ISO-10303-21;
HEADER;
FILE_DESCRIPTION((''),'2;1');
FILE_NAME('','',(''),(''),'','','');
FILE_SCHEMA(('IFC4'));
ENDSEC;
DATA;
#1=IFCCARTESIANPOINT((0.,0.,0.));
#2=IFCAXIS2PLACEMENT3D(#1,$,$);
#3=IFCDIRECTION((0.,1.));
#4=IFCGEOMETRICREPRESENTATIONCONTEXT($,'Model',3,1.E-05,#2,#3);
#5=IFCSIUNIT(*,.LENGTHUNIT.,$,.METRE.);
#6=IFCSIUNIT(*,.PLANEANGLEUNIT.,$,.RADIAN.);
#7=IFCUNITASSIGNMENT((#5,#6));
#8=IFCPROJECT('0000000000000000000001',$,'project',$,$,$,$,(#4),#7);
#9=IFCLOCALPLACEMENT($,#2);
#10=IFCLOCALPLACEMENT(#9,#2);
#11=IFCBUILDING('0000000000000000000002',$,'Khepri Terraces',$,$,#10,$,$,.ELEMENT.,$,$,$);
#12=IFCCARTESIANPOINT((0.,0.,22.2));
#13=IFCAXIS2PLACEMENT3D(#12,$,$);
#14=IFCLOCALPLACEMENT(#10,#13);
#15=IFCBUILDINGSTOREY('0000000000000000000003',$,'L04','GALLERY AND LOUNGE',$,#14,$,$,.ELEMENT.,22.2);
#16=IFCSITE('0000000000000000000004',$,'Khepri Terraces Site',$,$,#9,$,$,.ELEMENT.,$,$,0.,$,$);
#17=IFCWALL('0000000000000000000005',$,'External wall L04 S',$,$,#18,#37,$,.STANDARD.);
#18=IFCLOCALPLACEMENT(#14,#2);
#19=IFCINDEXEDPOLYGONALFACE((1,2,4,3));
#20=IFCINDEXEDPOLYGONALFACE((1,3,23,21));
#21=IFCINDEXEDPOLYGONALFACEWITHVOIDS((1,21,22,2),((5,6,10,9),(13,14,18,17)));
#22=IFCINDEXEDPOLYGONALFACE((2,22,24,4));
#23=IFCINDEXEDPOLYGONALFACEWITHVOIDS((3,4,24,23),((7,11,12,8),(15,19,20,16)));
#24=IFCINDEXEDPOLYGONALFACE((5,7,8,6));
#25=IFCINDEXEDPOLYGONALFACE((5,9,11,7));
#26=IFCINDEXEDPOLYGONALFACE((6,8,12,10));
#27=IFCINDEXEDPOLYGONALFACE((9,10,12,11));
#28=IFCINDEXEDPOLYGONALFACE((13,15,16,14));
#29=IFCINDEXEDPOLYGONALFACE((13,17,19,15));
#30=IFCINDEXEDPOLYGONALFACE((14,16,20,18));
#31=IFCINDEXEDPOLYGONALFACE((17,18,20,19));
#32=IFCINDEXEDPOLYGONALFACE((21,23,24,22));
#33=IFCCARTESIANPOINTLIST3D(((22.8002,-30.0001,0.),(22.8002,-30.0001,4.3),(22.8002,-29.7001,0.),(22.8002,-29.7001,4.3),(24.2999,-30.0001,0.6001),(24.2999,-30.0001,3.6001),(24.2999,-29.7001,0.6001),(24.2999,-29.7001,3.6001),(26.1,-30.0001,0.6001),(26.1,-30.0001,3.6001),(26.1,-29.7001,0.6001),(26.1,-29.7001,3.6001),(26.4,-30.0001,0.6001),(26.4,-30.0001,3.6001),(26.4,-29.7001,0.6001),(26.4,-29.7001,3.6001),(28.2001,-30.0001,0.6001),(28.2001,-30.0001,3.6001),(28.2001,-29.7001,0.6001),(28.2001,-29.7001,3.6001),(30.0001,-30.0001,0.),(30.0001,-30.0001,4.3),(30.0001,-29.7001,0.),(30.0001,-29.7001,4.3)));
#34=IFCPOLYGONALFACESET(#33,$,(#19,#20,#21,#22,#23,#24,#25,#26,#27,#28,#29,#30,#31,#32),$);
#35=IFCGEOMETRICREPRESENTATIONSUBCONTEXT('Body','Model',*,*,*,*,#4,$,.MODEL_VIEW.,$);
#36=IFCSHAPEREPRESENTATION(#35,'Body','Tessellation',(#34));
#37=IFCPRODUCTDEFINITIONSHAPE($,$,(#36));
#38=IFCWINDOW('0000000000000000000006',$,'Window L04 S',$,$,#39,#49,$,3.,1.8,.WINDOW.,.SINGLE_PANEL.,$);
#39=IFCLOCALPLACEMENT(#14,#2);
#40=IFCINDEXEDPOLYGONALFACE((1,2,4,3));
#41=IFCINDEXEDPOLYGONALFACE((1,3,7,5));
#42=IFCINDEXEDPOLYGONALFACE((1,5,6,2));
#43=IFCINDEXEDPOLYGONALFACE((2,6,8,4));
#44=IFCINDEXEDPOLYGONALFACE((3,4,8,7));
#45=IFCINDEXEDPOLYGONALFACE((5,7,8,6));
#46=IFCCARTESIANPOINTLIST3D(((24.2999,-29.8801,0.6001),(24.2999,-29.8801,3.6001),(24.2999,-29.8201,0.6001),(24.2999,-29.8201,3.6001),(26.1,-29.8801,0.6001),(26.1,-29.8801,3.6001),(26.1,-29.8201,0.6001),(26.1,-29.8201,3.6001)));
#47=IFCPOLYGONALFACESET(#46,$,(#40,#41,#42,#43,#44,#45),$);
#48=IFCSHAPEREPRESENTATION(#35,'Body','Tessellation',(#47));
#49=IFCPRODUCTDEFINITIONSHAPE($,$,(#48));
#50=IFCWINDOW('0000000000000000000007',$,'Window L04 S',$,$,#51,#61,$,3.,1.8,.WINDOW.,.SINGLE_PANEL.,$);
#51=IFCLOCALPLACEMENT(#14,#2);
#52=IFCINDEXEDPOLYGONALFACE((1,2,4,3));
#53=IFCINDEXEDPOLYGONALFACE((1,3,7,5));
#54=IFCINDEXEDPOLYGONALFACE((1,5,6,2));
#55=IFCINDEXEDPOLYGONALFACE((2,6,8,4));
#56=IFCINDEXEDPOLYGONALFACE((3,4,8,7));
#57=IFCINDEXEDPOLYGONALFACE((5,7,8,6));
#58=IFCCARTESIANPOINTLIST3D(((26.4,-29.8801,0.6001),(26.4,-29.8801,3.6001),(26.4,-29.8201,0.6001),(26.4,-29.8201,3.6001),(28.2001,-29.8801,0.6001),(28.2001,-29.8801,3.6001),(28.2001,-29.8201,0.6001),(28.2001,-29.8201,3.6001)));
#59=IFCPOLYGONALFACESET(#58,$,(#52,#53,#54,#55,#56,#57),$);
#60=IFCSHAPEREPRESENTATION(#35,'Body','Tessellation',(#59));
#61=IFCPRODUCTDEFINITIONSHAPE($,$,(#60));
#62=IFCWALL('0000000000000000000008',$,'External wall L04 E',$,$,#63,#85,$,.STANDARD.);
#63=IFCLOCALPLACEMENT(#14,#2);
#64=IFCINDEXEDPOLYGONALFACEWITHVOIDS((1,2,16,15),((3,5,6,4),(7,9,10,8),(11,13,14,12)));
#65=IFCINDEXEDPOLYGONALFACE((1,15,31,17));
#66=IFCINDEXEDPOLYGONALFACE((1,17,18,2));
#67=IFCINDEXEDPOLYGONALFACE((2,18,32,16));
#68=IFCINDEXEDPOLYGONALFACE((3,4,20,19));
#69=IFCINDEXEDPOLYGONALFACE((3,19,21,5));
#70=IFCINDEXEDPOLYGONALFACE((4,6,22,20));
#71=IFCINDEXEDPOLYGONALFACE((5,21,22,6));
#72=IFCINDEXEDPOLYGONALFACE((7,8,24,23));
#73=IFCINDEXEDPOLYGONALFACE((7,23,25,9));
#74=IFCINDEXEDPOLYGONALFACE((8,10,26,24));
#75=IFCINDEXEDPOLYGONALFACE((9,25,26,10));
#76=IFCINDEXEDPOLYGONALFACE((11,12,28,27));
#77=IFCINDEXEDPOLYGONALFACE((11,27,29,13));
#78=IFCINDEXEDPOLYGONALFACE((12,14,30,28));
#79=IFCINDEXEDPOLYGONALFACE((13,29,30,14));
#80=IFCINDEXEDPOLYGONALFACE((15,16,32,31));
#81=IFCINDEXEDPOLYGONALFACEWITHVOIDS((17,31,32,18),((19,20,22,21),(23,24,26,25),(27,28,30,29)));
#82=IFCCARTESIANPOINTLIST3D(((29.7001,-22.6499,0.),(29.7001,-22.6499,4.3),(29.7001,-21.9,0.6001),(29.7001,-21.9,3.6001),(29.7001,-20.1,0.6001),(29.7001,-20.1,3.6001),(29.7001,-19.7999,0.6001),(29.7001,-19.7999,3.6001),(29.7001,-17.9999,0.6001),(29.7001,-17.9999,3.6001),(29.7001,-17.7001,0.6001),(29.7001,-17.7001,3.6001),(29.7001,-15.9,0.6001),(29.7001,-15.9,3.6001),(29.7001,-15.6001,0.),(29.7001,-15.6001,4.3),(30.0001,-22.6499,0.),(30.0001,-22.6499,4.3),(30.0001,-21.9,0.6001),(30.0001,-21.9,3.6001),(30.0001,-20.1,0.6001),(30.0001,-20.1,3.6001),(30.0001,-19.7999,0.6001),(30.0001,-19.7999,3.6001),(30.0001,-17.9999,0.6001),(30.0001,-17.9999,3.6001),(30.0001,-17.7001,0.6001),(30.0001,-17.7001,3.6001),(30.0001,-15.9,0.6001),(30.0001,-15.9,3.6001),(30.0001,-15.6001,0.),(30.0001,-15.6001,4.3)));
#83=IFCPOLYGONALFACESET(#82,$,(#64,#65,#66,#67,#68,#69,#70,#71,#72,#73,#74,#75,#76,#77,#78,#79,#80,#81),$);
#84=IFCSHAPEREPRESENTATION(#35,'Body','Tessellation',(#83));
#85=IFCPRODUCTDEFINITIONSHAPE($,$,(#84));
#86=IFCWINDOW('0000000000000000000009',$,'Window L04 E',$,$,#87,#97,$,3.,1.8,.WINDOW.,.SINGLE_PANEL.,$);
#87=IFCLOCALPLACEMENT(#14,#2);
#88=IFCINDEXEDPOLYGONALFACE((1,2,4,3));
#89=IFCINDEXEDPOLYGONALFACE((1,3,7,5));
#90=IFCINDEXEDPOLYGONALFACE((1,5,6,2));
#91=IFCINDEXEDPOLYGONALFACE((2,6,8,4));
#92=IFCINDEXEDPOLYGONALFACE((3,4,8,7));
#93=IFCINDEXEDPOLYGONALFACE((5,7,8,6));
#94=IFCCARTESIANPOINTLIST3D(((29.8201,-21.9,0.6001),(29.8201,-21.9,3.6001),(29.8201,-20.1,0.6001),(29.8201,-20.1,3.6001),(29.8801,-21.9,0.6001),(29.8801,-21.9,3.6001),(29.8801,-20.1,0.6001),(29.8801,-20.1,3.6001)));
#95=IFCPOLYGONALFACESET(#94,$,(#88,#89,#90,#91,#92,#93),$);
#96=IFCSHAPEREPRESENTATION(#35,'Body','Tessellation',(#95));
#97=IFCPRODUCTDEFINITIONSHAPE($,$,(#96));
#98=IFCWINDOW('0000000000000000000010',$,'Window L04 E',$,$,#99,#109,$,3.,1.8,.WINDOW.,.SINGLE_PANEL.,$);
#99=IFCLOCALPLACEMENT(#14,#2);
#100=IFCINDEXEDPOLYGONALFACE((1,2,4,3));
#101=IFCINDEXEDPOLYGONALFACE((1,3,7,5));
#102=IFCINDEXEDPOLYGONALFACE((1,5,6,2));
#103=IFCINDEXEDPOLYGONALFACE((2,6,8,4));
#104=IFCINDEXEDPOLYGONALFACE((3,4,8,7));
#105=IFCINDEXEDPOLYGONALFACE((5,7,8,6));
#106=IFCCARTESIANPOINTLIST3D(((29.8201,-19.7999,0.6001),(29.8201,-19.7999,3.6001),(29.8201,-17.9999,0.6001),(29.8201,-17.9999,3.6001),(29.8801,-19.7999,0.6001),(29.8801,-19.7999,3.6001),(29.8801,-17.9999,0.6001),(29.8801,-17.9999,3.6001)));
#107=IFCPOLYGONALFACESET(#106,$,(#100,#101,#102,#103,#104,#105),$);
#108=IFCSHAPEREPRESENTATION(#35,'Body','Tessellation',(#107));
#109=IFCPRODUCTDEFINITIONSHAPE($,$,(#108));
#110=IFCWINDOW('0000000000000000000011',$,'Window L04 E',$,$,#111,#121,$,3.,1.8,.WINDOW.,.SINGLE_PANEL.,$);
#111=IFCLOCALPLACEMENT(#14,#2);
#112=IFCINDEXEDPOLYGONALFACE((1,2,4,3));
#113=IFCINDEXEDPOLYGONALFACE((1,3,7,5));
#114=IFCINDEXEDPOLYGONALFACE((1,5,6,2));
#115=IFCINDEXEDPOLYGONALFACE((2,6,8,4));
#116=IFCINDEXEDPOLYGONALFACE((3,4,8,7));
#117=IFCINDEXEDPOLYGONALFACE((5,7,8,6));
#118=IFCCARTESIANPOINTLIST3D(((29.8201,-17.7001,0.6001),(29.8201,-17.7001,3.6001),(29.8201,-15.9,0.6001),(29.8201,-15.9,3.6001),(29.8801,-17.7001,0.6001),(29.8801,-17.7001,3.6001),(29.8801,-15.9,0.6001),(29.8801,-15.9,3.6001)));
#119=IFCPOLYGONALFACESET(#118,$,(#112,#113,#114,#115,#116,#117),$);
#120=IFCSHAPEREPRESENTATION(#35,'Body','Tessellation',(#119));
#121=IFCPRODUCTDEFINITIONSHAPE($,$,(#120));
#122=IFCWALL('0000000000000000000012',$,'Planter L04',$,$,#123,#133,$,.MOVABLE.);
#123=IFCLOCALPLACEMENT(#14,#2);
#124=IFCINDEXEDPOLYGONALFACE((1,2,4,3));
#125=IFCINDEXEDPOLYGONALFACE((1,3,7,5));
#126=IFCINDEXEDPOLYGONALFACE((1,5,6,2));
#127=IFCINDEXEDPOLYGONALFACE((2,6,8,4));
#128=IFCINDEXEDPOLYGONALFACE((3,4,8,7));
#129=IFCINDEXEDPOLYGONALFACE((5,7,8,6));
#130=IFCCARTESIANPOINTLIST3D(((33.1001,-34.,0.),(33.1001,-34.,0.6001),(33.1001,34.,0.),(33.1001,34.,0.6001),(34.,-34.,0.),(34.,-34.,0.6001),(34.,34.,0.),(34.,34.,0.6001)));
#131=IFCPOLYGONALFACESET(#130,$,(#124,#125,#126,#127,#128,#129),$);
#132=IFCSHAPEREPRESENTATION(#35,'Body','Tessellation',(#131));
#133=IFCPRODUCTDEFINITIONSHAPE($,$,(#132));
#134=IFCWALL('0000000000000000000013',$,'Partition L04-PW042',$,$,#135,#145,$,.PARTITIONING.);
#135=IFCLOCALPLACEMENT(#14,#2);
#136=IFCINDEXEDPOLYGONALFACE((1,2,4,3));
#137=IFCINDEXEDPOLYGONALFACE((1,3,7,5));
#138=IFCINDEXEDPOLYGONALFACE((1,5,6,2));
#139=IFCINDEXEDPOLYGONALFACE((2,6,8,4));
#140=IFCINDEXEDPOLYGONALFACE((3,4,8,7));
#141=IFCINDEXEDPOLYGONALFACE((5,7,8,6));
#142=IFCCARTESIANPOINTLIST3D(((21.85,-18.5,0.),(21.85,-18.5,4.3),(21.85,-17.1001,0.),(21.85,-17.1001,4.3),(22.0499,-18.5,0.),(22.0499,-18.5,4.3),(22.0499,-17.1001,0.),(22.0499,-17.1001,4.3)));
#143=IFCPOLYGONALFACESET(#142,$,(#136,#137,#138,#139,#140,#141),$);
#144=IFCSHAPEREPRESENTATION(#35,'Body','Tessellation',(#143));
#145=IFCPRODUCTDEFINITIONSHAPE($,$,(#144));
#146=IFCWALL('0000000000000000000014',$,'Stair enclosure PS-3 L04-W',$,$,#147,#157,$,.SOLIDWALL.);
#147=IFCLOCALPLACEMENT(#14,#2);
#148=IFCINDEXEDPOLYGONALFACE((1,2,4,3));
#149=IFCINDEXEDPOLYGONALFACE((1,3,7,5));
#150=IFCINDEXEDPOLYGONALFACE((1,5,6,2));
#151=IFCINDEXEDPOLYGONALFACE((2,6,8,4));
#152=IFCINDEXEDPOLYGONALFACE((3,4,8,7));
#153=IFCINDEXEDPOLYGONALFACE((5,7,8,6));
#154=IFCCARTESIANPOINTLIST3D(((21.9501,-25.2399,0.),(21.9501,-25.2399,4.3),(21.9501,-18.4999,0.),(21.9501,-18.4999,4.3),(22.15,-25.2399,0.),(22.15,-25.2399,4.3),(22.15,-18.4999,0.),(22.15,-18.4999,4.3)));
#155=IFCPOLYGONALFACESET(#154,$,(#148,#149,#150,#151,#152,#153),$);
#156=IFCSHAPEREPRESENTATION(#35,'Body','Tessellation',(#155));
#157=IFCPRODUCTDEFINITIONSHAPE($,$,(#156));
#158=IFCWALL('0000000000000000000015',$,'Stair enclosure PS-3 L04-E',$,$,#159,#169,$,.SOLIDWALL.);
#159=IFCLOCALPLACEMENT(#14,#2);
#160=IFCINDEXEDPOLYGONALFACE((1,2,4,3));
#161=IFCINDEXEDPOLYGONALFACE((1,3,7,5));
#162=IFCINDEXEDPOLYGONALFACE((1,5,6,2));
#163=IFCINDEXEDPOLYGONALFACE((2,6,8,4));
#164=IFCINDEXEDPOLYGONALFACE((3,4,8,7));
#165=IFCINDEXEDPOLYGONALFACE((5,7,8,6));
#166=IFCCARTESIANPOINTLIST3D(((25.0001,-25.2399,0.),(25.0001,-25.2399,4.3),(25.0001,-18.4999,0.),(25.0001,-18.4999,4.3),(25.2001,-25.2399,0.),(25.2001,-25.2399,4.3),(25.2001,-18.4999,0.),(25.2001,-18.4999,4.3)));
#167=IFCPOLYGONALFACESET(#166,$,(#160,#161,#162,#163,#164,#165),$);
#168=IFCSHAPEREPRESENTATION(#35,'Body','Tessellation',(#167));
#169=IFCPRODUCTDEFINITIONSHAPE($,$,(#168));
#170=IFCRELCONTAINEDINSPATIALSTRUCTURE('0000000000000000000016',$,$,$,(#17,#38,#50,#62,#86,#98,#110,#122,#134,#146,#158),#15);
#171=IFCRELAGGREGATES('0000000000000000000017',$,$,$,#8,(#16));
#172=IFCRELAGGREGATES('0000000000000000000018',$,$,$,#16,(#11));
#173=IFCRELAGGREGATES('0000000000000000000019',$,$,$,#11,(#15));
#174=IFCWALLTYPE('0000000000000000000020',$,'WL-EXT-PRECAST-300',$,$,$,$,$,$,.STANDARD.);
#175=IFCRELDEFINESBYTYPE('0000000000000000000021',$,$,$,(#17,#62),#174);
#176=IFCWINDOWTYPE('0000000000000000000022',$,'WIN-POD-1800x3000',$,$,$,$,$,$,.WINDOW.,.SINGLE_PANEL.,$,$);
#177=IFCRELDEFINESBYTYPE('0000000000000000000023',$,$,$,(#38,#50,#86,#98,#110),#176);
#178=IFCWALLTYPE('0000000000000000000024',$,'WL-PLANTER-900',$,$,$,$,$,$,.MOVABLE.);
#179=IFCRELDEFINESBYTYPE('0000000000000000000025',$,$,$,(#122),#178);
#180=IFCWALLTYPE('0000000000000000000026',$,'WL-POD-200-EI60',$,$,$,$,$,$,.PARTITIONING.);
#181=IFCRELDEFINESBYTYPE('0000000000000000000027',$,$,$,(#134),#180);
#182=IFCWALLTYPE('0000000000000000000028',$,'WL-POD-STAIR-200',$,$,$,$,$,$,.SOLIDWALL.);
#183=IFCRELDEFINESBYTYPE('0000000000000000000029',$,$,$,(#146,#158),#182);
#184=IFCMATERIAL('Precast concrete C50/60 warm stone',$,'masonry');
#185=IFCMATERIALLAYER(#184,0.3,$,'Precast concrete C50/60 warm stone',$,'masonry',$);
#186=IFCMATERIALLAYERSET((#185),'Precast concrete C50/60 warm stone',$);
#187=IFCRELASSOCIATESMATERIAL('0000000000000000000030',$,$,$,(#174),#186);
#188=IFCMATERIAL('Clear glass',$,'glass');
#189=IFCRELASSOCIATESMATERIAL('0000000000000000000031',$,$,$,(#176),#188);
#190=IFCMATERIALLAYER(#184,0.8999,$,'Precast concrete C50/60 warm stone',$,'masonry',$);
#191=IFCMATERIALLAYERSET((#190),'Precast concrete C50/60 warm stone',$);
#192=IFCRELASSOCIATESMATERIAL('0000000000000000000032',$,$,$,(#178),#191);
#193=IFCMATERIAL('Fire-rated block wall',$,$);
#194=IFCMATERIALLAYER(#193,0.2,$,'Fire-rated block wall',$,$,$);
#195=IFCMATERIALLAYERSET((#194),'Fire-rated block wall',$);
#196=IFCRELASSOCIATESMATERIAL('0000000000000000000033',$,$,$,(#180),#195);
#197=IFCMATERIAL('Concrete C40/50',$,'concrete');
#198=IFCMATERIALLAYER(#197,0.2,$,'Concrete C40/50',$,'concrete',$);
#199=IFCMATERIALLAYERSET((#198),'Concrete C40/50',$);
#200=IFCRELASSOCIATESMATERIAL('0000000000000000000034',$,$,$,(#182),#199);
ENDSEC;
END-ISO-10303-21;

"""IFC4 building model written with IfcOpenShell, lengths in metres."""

from ifc_helpers import new_model, si_unit, direction, frame, frame_2d, origin, place, context, subcontext, project, spatial, rectangle, extrude, material, layer, layer_set, type_object, element, fill, save


model = new_model("IFC4")

# Units and contexts
model_context = context("Model", 3, precision=1e-05, world=origin(), true_north=direction((0.0, 1.0)))
body_context = subcontext(model_context, "Body", "Model", "MODEL_VIEW")
ifc_project = project(units=[si_unit("LENGTHUNIT", "METRE"), si_unit("PLANEANGLEUNIT", "RADIAN")], contexts=[model_context])

# Site, building, storey
site_placement = place(None, origin())
site = spatial("IfcSite", under=ifc_project, at=site_placement, Name="Khepri Terraces Site", CompositionType="ELEMENT", RefElevation=0.0)
building_placement = place(site_placement, origin())
building = spatial("IfcBuilding", under=site, at=building_placement, Name="Khepri Terraces", CompositionType="ELEMENT")
storey_placement = place(building_placement, frame((0.0, 0.0, 22.2)))
storey = spatial("IfcBuildingStorey", under=building, at=storey_placement, Name="L04", Description="GALLERY AND LOUNGE", CompositionType="ELEMENT", Elevation=22.2)

# Shared definitions
ifc_material_1 = material(Name="Clear glass", Category="glass")

# Walls, openings, windows
ifc_material_2 = material(Name="Precast concrete C50/60 warm stone", Category="masonry")
ifc_layer_1 = layer(ifc_material_2, 0.3, Name="Precast concrete C50/60 warm stone", Category="masonry")
ifc_layer_set_1 = layer_set([ifc_layer_1], Name="Precast concrete C50/60 warm stone")
wall_type_1 = type_object("IfcWallType", Name="WL-EXT-PRECAST-300", PredefinedType="STANDARD", material=ifc_layer_set_1)
wall_1_placement = place(storey_placement, frame((22.8, -29.8501, 0.0), z_axis=(0.0, 0.0, 1.0), x_axis=(1.0, 0.0, 0.0)))
wall_1 = element("IfcWall", 1, at=wall_1_placement, inside=storey, type_object=wall_type_1, Name="External wall L04 S", PredefinedType="STANDARD", context=body_context, shape_type="SweptSolid", body=[
    extrude(rectangle(XDim=7.2, YDim=0.3, at=frame_2d((3.6001, 0.0))), origin(), (0.0, 0.0, 1.0), 4.3),
])
opening_1_placement = place(wall_1_placement, frame((1.5, 0.0, 0.6001)))
opening_1 = element("IfcOpeningElement", 2, at=opening_1_placement, cuts=wall_1, PredefinedType="OPENING", context=body_context, shape_type="SweptSolid", body=[
    extrude(rectangle(XDim=1.8, YDim=3.0, at=frame_2d((0.8999, 1.5))), frame((0.0, 0.1602, 0.0), z_axis=(0.0, -1.0, 0.0), x_axis=(1.0, 0.0, 0.0)), (0.0, 0.0, 1.0), 0.3201),
])
opening_2_placement = place(wall_1_placement, frame((3.6001, 0.0, 0.6001)))
opening_2 = element("IfcOpeningElement", 3, at=opening_2_placement, cuts=wall_1, PredefinedType="OPENING", context=body_context, shape_type="SweptSolid", body=[
    extrude(rectangle(XDim=1.8, YDim=3.0, at=frame_2d((0.8999, 1.5))), frame((0.0, 0.1602, 0.0), z_axis=(0.0, -1.0, 0.0), x_axis=(1.0, 0.0, 0.0)), (0.0, 0.0, 1.0), 0.3201),
])
window_type = type_object("IfcWindowType", Name="WIN-POD-1800x3000", PartitioningType="SINGLE_PANEL", PredefinedType="WINDOW", material=ifc_material_1)
window_1_placement = place(opening_1_placement, origin())
window_1 = element("IfcWindow", 4, at=window_1_placement, inside=storey, type_object=window_type, Name="Window L04 S", OverallHeight=3.0, OverallWidth=1.8, PartitioningType="SINGLE_PANEL", PredefinedType="WINDOW", context=body_context, shape_type="SweptSolid", body=[
    extrude(rectangle(XDim=1.8, YDim=3.0, at=frame_2d((0.8999, 1.5))), frame((0.0, 0.03, 0.0), z_axis=(0.0, -1.0, 0.0), x_axis=(1.0, 0.0, 0.0)), (0.0, 0.0, 1.0), 0.0601),
])
fill(opening_1, window_1)
window_2_placement = place(opening_2_placement, origin())
window_2 = element("IfcWindow", 5, at=window_2_placement, inside=storey, type_object=window_type, Name="Window L04 S", OverallHeight=3.0, OverallWidth=1.8, PartitioningType="SINGLE_PANEL", PredefinedType="WINDOW", context=body_context, shape_type="SweptSolid", body=[
    extrude(rectangle(XDim=1.8, YDim=3.0, at=frame_2d((0.8999, 1.5))), frame((0.0, 0.03, 0.0), z_axis=(0.0, -1.0, 0.0), x_axis=(1.0, 0.0, 0.0)), (0.0, 0.0, 1.0), 0.0601),
])
fill(opening_2, window_2)
wall_2_placement = place(storey_placement, frame((29.8501, -22.6499, 0.0), z_axis=(0.0, 0.0, 1.0), x_axis=(0.0, 1.0, 0.0)))
wall_2 = element("IfcWall", 6, at=wall_2_placement, inside=storey, type_object=wall_type_1, Name="External wall L04 E", PredefinedType="STANDARD", context=body_context, shape_type="SweptSolid", body=[
    extrude(rectangle(XDim=7.0498, YDim=0.3, at=frame_2d((3.5249, 0.0))), origin(), (0.0, 0.0, 1.0), 4.3),
])
opening_3_placement = place(wall_2_placement, frame((0.75, 0.0, 0.6001)))
opening_3 = element("IfcOpeningElement", 7, at=opening_3_placement, cuts=wall_2, PredefinedType="OPENING", context=body_context, shape_type="SweptSolid", body=[
    extrude(rectangle(XDim=1.8, YDim=3.0, at=frame_2d((0.8999, 1.5))), frame((0.0, 0.1602, 0.0), z_axis=(0.0, -1.0, 0.0), x_axis=(1.0, 0.0, 0.0)), (0.0, 0.0, 1.0), 0.3201),
])
opening_4_placement = place(wall_2_placement, frame((2.8501, 0.0, 0.6001)))
opening_4 = element("IfcOpeningElement", 8, at=opening_4_placement, cuts=wall_2, PredefinedType="OPENING", context=body_context, shape_type="SweptSolid", body=[
    extrude(rectangle(XDim=1.8, YDim=3.0, at=frame_2d((0.8999, 1.5))), frame((0.0, 0.1602, 0.0), z_axis=(0.0, -1.0, 0.0), x_axis=(1.0, 0.0, 0.0)), (0.0, 0.0, 1.0), 0.3201),
])
opening_5_placement = place(wall_2_placement, frame((4.95, 0.0, 0.6001)))
opening_5 = element("IfcOpeningElement", 9, at=opening_5_placement, cuts=wall_2, PredefinedType="OPENING", context=body_context, shape_type="SweptSolid", body=[
    extrude(rectangle(XDim=1.8, YDim=3.0, at=frame_2d((0.8999, 1.5))), frame((0.0, 0.1602, 0.0), z_axis=(0.0, -1.0, 0.0), x_axis=(1.0, 0.0, 0.0)), (0.0, 0.0, 1.0), 0.3201),
])
window_3_placement = place(opening_3_placement, origin())
window_3 = element("IfcWindow", 10, at=window_3_placement, inside=storey, type_object=window_type, Name="Window L04 E", OverallHeight=3.0, OverallWidth=1.8, PartitioningType="SINGLE_PANEL", PredefinedType="WINDOW", context=body_context, shape_type="SweptSolid", body=[
    extrude(rectangle(XDim=1.8, YDim=3.0, at=frame_2d((0.8999, 1.5))), frame((0.0, 0.03, 0.0), z_axis=(0.0, -1.0, 0.0), x_axis=(1.0, 0.0, 0.0)), (0.0, 0.0, 1.0), 0.0601),
])
fill(opening_3, window_3)
window_4_placement = place(opening_4_placement, origin())
window_4 = element("IfcWindow", 11, at=window_4_placement, inside=storey, type_object=window_type, Name="Window L04 E", OverallHeight=3.0, OverallWidth=1.8, PartitioningType="SINGLE_PANEL", PredefinedType="WINDOW", context=body_context, shape_type="SweptSolid", body=[
    extrude(rectangle(XDim=1.8, YDim=3.0, at=frame_2d((0.8999, 1.5))), frame((0.0, 0.03, 0.0), z_axis=(0.0, -1.0, 0.0), x_axis=(1.0, 0.0, 0.0)), (0.0, 0.0, 1.0), 0.0601),
])
fill(opening_4, window_4)
window_5_placement = place(opening_5_placement, origin())
window_5 = element("IfcWindow", 12, at=window_5_placement, inside=storey, type_object=window_type, Name="Window L04 E", OverallHeight=3.0, OverallWidth=1.8, PartitioningType="SINGLE_PANEL", PredefinedType="WINDOW", context=body_context, shape_type="SweptSolid", body=[
    extrude(rectangle(XDim=1.8, YDim=3.0, at=frame_2d((0.8999, 1.5))), frame((0.0, 0.03, 0.0), z_axis=(0.0, -1.0, 0.0), x_axis=(1.0, 0.0, 0.0)), (0.0, 0.0, 1.0), 0.0601),
])
fill(opening_5, window_5)

# Walls
ifc_layer_2 = layer(ifc_material_2, 0.8999, Name="Precast concrete C50/60 warm stone", Category="masonry")
ifc_layer_set_2 = layer_set([ifc_layer_2], Name="Precast concrete C50/60 warm stone")
wall_type_2 = type_object("IfcWallType", Name="WL-PLANTER-900", PredefinedType="MOVABLE", material=ifc_layer_set_2)
wall_3_placement = place(storey_placement, frame((33.55, -34.0, 0.0), z_axis=(0.0, 0.0, 1.0), x_axis=(0.0, 1.0, 0.0)))
element("IfcWall", 13, at=wall_3_placement, inside=storey, type_object=wall_type_2, Name="Planter L04", PredefinedType="MOVABLE", context=body_context, shape_type="SweptSolid", body=[
    extrude(rectangle(XDim=68.0, YDim=0.8999, at=frame_2d((34.0, 0.0))), origin(), (0.0, 0.0, 1.0), 0.6001),
])
ifc_material_3 = material(Name="Fire-rated block wall")
ifc_layer_3 = layer(ifc_material_3, 0.2, Name="Fire-rated block wall")
ifc_layer_set_3 = layer_set([ifc_layer_3], Name="Fire-rated block wall")
wall_type_3 = type_object("IfcWallType", Name="WL-POD-200-EI60", PredefinedType="PARTITIONING", material=ifc_layer_set_3)
wall_4_placement = place(storey_placement, frame((21.95, -18.5, 0.0), z_axis=(0.0, 0.0, 1.0), x_axis=(0.0, 1.0, 0.0)))
element("IfcWall", 14, at=wall_4_placement, inside=storey, type_object=wall_type_3, Name="Partition L04-PW042", PredefinedType="PARTITIONING", context=body_context, shape_type="SweptSolid", body=[
    extrude(rectangle(XDim=1.3999, YDim=0.2, at=frame_2d((0.7, 0.0))), origin(), (0.0, 0.0, 1.0), 4.3),
])
ifc_material_4 = material(Name="Concrete C40/50", Category="concrete")
ifc_layer_4 = layer(ifc_material_4, 0.2, Name="Concrete C40/50", Category="concrete")
ifc_layer_set_4 = layer_set([ifc_layer_4], Name="Concrete C40/50")
wall_type_4 = type_object("IfcWallType", Name="WL-POD-STAIR-200", PredefinedType="SOLIDWALL", material=ifc_layer_set_4)
for number, where, z_axis, x_axis, name in (
    (15, (22.05, -25.24, 0.0), (0.0, 0.0, 1.0), (0.0, 1.0, 0.0), "Stair enclosure PS-3 L04-W"),
    (16, (25.1001, -25.24, 0.0), (0.0, 0.0, 1.0), (0.0, 1.0, 0.0), "Stair enclosure PS-3 L04-E"),
):
    element("IfcWall", number, at=place(storey_placement, frame(where, z_axis=z_axis, x_axis=x_axis)), inside=storey, type_object=wall_type_4, Name=name, PredefinedType="SOLIDWALL", context=body_context, shape_type="SweptSolid", body=[
        extrude(rectangle(XDim=6.74, YDim=0.2, at=frame_2d((3.3701, 0.0))), origin(), (0.0, 0.0, 1.0), 4.3),
    ])

save(model, "model.ifc")
